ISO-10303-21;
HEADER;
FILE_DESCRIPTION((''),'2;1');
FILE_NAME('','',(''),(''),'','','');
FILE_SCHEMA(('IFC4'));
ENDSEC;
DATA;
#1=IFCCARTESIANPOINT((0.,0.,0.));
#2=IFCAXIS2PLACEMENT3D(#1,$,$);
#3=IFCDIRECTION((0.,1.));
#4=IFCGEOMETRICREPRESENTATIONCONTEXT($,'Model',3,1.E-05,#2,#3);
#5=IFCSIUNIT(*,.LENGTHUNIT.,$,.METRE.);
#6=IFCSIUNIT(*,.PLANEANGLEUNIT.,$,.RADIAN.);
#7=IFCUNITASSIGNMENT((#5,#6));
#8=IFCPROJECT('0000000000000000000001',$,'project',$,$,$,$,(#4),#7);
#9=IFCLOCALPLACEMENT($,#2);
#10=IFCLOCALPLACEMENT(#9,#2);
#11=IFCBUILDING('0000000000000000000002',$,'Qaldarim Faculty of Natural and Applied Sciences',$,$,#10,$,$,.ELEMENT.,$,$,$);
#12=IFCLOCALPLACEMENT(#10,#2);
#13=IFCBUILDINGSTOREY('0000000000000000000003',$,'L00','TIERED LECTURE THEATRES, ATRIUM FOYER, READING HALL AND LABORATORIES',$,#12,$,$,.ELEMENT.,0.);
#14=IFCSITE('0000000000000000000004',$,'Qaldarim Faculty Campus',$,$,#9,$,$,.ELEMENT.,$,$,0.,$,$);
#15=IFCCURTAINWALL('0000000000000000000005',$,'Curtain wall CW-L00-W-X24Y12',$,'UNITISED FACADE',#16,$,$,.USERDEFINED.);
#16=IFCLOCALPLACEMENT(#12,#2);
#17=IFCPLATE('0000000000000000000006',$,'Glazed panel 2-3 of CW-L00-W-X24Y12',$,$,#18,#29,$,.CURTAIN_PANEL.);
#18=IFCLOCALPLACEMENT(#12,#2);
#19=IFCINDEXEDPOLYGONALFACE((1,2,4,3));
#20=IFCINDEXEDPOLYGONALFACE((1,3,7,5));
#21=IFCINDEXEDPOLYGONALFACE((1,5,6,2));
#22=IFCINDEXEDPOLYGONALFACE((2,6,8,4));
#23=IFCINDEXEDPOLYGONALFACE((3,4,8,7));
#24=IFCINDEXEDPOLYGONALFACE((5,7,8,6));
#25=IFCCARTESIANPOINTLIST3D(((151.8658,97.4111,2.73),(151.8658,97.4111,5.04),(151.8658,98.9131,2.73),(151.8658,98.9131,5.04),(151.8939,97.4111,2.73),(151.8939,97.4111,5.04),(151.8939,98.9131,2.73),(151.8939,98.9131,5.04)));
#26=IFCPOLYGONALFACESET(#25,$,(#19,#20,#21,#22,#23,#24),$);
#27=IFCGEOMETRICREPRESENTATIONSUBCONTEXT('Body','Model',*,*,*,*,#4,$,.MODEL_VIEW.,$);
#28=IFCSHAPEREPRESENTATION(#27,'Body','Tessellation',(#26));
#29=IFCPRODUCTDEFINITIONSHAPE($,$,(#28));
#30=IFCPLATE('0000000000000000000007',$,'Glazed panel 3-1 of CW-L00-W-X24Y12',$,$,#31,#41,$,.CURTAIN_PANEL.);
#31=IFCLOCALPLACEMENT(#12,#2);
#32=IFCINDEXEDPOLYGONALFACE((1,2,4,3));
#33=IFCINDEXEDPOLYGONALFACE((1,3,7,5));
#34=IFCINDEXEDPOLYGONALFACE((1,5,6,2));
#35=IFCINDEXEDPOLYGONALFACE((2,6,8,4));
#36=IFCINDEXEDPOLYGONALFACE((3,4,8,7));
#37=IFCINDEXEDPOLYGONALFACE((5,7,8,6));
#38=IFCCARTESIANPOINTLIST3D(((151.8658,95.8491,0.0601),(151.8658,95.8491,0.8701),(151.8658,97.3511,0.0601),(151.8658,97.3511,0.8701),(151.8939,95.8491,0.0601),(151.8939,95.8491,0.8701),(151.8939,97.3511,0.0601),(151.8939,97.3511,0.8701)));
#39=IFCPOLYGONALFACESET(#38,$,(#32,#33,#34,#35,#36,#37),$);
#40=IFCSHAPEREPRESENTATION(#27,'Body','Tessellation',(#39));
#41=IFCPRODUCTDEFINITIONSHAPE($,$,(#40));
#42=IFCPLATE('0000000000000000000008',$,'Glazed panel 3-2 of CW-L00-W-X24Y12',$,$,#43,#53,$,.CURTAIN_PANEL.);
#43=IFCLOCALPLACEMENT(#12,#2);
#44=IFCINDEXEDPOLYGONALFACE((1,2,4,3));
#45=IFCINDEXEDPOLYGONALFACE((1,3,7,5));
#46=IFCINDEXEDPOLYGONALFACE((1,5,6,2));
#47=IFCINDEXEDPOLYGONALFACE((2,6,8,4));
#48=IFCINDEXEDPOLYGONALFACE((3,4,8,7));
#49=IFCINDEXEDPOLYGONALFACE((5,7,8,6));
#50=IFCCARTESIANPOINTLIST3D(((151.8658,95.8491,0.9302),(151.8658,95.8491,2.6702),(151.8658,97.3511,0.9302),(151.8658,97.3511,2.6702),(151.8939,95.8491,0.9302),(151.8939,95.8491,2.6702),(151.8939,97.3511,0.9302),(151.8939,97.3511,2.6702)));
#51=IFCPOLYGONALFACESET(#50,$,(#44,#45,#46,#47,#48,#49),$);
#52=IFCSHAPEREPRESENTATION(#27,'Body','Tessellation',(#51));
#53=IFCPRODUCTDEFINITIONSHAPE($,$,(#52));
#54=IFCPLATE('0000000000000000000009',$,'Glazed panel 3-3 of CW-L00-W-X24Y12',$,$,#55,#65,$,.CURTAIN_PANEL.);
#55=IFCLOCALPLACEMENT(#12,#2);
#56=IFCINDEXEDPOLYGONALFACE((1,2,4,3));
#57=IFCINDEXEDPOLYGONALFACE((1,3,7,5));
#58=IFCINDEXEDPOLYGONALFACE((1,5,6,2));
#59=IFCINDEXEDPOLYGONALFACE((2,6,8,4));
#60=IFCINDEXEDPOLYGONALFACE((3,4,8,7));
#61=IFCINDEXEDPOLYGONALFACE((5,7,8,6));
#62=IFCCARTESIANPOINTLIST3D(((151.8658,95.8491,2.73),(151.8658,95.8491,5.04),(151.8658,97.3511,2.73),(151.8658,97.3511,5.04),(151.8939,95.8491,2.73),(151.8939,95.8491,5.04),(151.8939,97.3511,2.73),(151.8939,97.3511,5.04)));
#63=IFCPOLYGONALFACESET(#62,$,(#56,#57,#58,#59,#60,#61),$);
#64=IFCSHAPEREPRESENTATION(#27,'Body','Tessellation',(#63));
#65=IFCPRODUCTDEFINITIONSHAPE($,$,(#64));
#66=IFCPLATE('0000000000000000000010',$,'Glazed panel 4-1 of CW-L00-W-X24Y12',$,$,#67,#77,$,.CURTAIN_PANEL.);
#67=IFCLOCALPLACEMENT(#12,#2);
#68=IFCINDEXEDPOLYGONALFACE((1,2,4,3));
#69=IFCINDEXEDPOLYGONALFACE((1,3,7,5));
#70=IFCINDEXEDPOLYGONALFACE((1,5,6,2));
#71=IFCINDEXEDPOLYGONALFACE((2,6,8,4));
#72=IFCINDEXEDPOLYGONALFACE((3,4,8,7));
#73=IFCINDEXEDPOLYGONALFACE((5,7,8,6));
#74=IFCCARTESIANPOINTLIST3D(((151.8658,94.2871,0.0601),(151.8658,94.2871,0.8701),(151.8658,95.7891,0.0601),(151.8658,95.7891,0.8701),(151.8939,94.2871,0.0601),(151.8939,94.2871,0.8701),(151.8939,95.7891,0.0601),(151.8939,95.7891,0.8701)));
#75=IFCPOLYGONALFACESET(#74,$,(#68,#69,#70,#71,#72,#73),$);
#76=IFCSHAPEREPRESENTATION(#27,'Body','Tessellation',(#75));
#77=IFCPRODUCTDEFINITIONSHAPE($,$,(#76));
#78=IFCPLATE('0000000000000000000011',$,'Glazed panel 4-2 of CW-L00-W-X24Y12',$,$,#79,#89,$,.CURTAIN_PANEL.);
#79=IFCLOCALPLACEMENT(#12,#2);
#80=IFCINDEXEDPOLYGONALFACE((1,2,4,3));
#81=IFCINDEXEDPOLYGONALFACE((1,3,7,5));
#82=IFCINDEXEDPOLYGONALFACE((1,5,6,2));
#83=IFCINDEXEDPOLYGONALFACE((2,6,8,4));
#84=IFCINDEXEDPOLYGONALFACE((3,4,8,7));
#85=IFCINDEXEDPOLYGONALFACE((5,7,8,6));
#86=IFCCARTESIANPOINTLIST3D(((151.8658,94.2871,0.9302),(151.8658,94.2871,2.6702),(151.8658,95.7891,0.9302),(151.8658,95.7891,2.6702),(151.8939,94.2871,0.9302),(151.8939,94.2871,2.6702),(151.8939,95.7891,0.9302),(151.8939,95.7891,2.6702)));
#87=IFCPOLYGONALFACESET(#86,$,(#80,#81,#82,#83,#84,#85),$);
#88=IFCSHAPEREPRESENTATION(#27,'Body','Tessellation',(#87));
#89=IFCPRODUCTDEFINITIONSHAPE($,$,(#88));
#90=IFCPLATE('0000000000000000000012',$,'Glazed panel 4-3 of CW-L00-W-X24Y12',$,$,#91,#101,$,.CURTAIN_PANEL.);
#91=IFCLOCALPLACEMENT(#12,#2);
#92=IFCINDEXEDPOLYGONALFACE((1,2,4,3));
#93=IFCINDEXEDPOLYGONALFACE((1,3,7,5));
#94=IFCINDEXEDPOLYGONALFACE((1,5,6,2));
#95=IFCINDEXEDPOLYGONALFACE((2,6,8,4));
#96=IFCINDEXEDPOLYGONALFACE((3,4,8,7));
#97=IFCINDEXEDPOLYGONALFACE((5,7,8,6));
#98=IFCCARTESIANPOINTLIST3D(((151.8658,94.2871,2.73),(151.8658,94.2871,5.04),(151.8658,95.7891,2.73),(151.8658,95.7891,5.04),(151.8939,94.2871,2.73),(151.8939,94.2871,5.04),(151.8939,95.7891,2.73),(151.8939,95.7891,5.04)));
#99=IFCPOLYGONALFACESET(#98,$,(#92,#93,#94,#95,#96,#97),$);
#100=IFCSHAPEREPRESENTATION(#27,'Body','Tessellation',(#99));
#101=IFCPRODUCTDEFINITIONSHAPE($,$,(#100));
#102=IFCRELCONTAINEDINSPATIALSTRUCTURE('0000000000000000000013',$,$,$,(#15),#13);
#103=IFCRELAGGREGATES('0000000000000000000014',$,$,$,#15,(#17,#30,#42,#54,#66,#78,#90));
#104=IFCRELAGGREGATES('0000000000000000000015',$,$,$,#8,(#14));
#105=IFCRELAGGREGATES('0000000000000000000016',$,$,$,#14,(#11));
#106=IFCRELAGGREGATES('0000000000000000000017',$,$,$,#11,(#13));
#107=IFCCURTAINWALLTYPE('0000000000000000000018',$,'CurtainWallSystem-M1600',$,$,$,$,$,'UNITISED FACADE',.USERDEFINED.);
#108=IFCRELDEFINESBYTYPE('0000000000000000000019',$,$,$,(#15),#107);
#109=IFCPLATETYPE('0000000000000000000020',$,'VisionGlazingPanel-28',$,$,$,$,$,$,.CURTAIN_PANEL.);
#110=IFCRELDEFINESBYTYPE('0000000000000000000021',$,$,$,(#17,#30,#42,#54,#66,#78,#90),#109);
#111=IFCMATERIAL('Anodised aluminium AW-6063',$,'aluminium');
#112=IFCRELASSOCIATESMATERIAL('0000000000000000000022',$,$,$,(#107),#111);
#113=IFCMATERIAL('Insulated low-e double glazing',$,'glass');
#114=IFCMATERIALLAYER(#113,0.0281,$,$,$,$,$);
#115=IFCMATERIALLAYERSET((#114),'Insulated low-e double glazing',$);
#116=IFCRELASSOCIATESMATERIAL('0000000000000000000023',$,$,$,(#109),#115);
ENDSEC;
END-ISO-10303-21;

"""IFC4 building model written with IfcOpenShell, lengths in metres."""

from ifc_helpers import new_model, si_unit, direction, frame, origin, origin_2d, place, context, subcontext, project, spatial, rectangle, extrude, material, layer, layer_set, type_object, element, aggregate, save


model = new_model("IFC4")

# Units and contexts
model_context = context("Model", 3, precision=1e-05, world=origin(), true_north=direction((0.0, 1.0)))
body_context = subcontext(model_context, "Body", "Model", "MODEL_VIEW")
ifc_project = project(units=[si_unit("LENGTHUNIT", "METRE"), si_unit("PLANEANGLEUNIT", "RADIAN")], contexts=[model_context])

# Site, building, storey
site_placement = place(None, origin())
site = spatial("IfcSite", under=ifc_project, at=site_placement, Name="Qaldarim Faculty Campus", CompositionType="ELEMENT", RefElevation=0.0)
building_placement = place(site_placement, origin())
building = spatial("IfcBuilding", under=site, at=building_placement, Name="Qaldarim Faculty of Natural and Applied Sciences", CompositionType="ELEMENT")
storey_placement = place(building_placement, origin())
storey = spatial("IfcBuildingStorey", under=building, at=storey_placement, Name="L00", Description="TIERED LECTURE THEATRES, ATRIUM FOYER, READING HALL AND LABORATORIES", CompositionType="ELEMENT", Elevation=0.0)

# Curtain wall
ifc_material_1 = material(Name="Anodised aluminium AW-6063", Category="aluminium")
curtain_wall_type = type_object("IfcCurtainWallType", Name="CurtainWallSystem-M1600", ElementType="UNITISED FACADE", PredefinedType="USERDEFINED", material=ifc_material_1)
curtain_wall_placement = place(storey_placement, origin())
curtain_wall = element("IfcCurtainWall", 1, at=curtain_wall_placement, inside=storey, type_object=curtain_wall_type, Name="Curtain wall CW-L00-W-X24Y12", ObjectType="UNITISED FACADE", PredefinedType="USERDEFINED")

# Plates
ifc_material_2 = material(Name="Insulated low-e double glazing", Category="glass")
ifc_layer = layer(ifc_material_2, 0.0281)
ifc_layer_set = layer_set([ifc_layer], Name="Insulated low-e double glazing")
plate_type = type_object("IfcPlateType", Name="VisionGlazingPanel-28", PredefinedType="CURTAIN_PANEL", material=ifc_layer_set)
plate_1_placement = place(storey_placement, frame((151.8799, 98.1621, 2.73), z_axis=(0.0, 0.0, 1.0), x_axis=(0.0, -1.0, 0.0)))
plate_1 = element("IfcPlate", 2, at=plate_1_placement, type_object=plate_type, Name="Glazed panel 2-3 of CW-L00-W-X24Y12", PredefinedType="CURTAIN_PANEL", context=body_context, shape_type="SweptSolid", body=[
    extrude(rectangle(XDim=1.502, YDim=0.0281, at=origin_2d()), origin(), (0.0, 0.0, 1.0), 2.3101),
])
plate_2_placement = place(storey_placement, frame((151.8799, 96.6001, 0.0601), z_axis=(0.0, 0.0, 1.0), x_axis=(0.0, -1.0, 0.0)))
plate_2 = element("IfcPlate", 3, at=plate_2_placement, type_object=plate_type, Name="Glazed panel 3-1 of CW-L00-W-X24Y12", PredefinedType="CURTAIN_PANEL", context=body_context, shape_type="SweptSolid", body=[
    extrude(rectangle(XDim=1.502, YDim=0.0281, at=origin_2d()), origin(), (0.0, 0.0, 1.0), 0.8101),
])
plate_3_placement = place(storey_placement, frame((151.8799, 96.6001, 0.9302), z_axis=(0.0, 0.0, 1.0), x_axis=(0.0, -1.0, 0.0)))
plate_3 = element("IfcPlate", 4, at=plate_3_placement, type_object=plate_type, Name="Glazed panel 3-2 of CW-L00-W-X24Y12", PredefinedType="CURTAIN_PANEL", context=body_context, shape_type="SweptSolid", body=[
    extrude(rectangle(XDim=1.502, YDim=0.0281, at=origin_2d()), origin(), (0.0, 0.0, 1.0), 1.74),
])
plate_4_placement = place(storey_placement, frame((151.8799, 96.6001, 2.73), z_axis=(0.0, 0.0, 1.0), x_axis=(0.0, -1.0, 0.0)))
plate_4 = element("IfcPlate", 5, at=plate_4_placement, type_object=plate_type, Name="Glazed panel 3-3 of CW-L00-W-X24Y12", PredefinedType="CURTAIN_PANEL", context=body_context, shape_type="SweptSolid", body=[
    extrude(rectangle(XDim=1.502, YDim=0.0281, at=origin_2d()), origin(), (0.0, 0.0, 1.0), 2.3101),
])
plate_5_placement = place(storey_placement, frame((151.8799, 95.0381, 0.0601), z_axis=(0.0, 0.0, 1.0), x_axis=(0.0, -1.0, 0.0)))
plate_5 = element("IfcPlate", 6, at=plate_5_placement, type_object=plate_type, Name="Glazed panel 4-1 of CW-L00-W-X24Y12", PredefinedType="CURTAIN_PANEL", context=body_context, shape_type="SweptSolid", body=[
    extrude(rectangle(XDim=1.502, YDim=0.0281, at=origin_2d()), origin(), (0.0, 0.0, 1.0), 0.8101),
])
plate_6_placement = place(storey_placement, frame((151.8799, 95.0381, 0.9302), z_axis=(0.0, 0.0, 1.0), x_axis=(0.0, -1.0, 0.0)))
plate_6 = element("IfcPlate", 7, at=plate_6_placement, type_object=plate_type, Name="Glazed panel 4-2 of CW-L00-W-X24Y12", PredefinedType="CURTAIN_PANEL", context=body_context, shape_type="SweptSolid", body=[
    extrude(rectangle(XDim=1.502, YDim=0.0281, at=origin_2d()), origin(), (0.0, 0.0, 1.0), 1.74),
])
plate_7_placement = place(storey_placement, frame((151.8799, 95.0381, 2.73), z_axis=(0.0, 0.0, 1.0), x_axis=(0.0, -1.0, 0.0)))
plate_7 = element("IfcPlate", 8, at=plate_7_placement, type_object=plate_type, Name="Glazed panel 4-3 of CW-L00-W-X24Y12", PredefinedType="CURTAIN_PANEL", context=body_context, shape_type="SweptSolid", body=[
    extrude(rectangle(XDim=1.502, YDim=0.0281, at=origin_2d()), origin(), (0.0, 0.0, 1.0), 2.3101),
])
aggregate(curtain_wall, [plate_1, plate_2, plate_3, plate_4, plate_5, plate_6, plate_7])

save(model, "model.ifc")
